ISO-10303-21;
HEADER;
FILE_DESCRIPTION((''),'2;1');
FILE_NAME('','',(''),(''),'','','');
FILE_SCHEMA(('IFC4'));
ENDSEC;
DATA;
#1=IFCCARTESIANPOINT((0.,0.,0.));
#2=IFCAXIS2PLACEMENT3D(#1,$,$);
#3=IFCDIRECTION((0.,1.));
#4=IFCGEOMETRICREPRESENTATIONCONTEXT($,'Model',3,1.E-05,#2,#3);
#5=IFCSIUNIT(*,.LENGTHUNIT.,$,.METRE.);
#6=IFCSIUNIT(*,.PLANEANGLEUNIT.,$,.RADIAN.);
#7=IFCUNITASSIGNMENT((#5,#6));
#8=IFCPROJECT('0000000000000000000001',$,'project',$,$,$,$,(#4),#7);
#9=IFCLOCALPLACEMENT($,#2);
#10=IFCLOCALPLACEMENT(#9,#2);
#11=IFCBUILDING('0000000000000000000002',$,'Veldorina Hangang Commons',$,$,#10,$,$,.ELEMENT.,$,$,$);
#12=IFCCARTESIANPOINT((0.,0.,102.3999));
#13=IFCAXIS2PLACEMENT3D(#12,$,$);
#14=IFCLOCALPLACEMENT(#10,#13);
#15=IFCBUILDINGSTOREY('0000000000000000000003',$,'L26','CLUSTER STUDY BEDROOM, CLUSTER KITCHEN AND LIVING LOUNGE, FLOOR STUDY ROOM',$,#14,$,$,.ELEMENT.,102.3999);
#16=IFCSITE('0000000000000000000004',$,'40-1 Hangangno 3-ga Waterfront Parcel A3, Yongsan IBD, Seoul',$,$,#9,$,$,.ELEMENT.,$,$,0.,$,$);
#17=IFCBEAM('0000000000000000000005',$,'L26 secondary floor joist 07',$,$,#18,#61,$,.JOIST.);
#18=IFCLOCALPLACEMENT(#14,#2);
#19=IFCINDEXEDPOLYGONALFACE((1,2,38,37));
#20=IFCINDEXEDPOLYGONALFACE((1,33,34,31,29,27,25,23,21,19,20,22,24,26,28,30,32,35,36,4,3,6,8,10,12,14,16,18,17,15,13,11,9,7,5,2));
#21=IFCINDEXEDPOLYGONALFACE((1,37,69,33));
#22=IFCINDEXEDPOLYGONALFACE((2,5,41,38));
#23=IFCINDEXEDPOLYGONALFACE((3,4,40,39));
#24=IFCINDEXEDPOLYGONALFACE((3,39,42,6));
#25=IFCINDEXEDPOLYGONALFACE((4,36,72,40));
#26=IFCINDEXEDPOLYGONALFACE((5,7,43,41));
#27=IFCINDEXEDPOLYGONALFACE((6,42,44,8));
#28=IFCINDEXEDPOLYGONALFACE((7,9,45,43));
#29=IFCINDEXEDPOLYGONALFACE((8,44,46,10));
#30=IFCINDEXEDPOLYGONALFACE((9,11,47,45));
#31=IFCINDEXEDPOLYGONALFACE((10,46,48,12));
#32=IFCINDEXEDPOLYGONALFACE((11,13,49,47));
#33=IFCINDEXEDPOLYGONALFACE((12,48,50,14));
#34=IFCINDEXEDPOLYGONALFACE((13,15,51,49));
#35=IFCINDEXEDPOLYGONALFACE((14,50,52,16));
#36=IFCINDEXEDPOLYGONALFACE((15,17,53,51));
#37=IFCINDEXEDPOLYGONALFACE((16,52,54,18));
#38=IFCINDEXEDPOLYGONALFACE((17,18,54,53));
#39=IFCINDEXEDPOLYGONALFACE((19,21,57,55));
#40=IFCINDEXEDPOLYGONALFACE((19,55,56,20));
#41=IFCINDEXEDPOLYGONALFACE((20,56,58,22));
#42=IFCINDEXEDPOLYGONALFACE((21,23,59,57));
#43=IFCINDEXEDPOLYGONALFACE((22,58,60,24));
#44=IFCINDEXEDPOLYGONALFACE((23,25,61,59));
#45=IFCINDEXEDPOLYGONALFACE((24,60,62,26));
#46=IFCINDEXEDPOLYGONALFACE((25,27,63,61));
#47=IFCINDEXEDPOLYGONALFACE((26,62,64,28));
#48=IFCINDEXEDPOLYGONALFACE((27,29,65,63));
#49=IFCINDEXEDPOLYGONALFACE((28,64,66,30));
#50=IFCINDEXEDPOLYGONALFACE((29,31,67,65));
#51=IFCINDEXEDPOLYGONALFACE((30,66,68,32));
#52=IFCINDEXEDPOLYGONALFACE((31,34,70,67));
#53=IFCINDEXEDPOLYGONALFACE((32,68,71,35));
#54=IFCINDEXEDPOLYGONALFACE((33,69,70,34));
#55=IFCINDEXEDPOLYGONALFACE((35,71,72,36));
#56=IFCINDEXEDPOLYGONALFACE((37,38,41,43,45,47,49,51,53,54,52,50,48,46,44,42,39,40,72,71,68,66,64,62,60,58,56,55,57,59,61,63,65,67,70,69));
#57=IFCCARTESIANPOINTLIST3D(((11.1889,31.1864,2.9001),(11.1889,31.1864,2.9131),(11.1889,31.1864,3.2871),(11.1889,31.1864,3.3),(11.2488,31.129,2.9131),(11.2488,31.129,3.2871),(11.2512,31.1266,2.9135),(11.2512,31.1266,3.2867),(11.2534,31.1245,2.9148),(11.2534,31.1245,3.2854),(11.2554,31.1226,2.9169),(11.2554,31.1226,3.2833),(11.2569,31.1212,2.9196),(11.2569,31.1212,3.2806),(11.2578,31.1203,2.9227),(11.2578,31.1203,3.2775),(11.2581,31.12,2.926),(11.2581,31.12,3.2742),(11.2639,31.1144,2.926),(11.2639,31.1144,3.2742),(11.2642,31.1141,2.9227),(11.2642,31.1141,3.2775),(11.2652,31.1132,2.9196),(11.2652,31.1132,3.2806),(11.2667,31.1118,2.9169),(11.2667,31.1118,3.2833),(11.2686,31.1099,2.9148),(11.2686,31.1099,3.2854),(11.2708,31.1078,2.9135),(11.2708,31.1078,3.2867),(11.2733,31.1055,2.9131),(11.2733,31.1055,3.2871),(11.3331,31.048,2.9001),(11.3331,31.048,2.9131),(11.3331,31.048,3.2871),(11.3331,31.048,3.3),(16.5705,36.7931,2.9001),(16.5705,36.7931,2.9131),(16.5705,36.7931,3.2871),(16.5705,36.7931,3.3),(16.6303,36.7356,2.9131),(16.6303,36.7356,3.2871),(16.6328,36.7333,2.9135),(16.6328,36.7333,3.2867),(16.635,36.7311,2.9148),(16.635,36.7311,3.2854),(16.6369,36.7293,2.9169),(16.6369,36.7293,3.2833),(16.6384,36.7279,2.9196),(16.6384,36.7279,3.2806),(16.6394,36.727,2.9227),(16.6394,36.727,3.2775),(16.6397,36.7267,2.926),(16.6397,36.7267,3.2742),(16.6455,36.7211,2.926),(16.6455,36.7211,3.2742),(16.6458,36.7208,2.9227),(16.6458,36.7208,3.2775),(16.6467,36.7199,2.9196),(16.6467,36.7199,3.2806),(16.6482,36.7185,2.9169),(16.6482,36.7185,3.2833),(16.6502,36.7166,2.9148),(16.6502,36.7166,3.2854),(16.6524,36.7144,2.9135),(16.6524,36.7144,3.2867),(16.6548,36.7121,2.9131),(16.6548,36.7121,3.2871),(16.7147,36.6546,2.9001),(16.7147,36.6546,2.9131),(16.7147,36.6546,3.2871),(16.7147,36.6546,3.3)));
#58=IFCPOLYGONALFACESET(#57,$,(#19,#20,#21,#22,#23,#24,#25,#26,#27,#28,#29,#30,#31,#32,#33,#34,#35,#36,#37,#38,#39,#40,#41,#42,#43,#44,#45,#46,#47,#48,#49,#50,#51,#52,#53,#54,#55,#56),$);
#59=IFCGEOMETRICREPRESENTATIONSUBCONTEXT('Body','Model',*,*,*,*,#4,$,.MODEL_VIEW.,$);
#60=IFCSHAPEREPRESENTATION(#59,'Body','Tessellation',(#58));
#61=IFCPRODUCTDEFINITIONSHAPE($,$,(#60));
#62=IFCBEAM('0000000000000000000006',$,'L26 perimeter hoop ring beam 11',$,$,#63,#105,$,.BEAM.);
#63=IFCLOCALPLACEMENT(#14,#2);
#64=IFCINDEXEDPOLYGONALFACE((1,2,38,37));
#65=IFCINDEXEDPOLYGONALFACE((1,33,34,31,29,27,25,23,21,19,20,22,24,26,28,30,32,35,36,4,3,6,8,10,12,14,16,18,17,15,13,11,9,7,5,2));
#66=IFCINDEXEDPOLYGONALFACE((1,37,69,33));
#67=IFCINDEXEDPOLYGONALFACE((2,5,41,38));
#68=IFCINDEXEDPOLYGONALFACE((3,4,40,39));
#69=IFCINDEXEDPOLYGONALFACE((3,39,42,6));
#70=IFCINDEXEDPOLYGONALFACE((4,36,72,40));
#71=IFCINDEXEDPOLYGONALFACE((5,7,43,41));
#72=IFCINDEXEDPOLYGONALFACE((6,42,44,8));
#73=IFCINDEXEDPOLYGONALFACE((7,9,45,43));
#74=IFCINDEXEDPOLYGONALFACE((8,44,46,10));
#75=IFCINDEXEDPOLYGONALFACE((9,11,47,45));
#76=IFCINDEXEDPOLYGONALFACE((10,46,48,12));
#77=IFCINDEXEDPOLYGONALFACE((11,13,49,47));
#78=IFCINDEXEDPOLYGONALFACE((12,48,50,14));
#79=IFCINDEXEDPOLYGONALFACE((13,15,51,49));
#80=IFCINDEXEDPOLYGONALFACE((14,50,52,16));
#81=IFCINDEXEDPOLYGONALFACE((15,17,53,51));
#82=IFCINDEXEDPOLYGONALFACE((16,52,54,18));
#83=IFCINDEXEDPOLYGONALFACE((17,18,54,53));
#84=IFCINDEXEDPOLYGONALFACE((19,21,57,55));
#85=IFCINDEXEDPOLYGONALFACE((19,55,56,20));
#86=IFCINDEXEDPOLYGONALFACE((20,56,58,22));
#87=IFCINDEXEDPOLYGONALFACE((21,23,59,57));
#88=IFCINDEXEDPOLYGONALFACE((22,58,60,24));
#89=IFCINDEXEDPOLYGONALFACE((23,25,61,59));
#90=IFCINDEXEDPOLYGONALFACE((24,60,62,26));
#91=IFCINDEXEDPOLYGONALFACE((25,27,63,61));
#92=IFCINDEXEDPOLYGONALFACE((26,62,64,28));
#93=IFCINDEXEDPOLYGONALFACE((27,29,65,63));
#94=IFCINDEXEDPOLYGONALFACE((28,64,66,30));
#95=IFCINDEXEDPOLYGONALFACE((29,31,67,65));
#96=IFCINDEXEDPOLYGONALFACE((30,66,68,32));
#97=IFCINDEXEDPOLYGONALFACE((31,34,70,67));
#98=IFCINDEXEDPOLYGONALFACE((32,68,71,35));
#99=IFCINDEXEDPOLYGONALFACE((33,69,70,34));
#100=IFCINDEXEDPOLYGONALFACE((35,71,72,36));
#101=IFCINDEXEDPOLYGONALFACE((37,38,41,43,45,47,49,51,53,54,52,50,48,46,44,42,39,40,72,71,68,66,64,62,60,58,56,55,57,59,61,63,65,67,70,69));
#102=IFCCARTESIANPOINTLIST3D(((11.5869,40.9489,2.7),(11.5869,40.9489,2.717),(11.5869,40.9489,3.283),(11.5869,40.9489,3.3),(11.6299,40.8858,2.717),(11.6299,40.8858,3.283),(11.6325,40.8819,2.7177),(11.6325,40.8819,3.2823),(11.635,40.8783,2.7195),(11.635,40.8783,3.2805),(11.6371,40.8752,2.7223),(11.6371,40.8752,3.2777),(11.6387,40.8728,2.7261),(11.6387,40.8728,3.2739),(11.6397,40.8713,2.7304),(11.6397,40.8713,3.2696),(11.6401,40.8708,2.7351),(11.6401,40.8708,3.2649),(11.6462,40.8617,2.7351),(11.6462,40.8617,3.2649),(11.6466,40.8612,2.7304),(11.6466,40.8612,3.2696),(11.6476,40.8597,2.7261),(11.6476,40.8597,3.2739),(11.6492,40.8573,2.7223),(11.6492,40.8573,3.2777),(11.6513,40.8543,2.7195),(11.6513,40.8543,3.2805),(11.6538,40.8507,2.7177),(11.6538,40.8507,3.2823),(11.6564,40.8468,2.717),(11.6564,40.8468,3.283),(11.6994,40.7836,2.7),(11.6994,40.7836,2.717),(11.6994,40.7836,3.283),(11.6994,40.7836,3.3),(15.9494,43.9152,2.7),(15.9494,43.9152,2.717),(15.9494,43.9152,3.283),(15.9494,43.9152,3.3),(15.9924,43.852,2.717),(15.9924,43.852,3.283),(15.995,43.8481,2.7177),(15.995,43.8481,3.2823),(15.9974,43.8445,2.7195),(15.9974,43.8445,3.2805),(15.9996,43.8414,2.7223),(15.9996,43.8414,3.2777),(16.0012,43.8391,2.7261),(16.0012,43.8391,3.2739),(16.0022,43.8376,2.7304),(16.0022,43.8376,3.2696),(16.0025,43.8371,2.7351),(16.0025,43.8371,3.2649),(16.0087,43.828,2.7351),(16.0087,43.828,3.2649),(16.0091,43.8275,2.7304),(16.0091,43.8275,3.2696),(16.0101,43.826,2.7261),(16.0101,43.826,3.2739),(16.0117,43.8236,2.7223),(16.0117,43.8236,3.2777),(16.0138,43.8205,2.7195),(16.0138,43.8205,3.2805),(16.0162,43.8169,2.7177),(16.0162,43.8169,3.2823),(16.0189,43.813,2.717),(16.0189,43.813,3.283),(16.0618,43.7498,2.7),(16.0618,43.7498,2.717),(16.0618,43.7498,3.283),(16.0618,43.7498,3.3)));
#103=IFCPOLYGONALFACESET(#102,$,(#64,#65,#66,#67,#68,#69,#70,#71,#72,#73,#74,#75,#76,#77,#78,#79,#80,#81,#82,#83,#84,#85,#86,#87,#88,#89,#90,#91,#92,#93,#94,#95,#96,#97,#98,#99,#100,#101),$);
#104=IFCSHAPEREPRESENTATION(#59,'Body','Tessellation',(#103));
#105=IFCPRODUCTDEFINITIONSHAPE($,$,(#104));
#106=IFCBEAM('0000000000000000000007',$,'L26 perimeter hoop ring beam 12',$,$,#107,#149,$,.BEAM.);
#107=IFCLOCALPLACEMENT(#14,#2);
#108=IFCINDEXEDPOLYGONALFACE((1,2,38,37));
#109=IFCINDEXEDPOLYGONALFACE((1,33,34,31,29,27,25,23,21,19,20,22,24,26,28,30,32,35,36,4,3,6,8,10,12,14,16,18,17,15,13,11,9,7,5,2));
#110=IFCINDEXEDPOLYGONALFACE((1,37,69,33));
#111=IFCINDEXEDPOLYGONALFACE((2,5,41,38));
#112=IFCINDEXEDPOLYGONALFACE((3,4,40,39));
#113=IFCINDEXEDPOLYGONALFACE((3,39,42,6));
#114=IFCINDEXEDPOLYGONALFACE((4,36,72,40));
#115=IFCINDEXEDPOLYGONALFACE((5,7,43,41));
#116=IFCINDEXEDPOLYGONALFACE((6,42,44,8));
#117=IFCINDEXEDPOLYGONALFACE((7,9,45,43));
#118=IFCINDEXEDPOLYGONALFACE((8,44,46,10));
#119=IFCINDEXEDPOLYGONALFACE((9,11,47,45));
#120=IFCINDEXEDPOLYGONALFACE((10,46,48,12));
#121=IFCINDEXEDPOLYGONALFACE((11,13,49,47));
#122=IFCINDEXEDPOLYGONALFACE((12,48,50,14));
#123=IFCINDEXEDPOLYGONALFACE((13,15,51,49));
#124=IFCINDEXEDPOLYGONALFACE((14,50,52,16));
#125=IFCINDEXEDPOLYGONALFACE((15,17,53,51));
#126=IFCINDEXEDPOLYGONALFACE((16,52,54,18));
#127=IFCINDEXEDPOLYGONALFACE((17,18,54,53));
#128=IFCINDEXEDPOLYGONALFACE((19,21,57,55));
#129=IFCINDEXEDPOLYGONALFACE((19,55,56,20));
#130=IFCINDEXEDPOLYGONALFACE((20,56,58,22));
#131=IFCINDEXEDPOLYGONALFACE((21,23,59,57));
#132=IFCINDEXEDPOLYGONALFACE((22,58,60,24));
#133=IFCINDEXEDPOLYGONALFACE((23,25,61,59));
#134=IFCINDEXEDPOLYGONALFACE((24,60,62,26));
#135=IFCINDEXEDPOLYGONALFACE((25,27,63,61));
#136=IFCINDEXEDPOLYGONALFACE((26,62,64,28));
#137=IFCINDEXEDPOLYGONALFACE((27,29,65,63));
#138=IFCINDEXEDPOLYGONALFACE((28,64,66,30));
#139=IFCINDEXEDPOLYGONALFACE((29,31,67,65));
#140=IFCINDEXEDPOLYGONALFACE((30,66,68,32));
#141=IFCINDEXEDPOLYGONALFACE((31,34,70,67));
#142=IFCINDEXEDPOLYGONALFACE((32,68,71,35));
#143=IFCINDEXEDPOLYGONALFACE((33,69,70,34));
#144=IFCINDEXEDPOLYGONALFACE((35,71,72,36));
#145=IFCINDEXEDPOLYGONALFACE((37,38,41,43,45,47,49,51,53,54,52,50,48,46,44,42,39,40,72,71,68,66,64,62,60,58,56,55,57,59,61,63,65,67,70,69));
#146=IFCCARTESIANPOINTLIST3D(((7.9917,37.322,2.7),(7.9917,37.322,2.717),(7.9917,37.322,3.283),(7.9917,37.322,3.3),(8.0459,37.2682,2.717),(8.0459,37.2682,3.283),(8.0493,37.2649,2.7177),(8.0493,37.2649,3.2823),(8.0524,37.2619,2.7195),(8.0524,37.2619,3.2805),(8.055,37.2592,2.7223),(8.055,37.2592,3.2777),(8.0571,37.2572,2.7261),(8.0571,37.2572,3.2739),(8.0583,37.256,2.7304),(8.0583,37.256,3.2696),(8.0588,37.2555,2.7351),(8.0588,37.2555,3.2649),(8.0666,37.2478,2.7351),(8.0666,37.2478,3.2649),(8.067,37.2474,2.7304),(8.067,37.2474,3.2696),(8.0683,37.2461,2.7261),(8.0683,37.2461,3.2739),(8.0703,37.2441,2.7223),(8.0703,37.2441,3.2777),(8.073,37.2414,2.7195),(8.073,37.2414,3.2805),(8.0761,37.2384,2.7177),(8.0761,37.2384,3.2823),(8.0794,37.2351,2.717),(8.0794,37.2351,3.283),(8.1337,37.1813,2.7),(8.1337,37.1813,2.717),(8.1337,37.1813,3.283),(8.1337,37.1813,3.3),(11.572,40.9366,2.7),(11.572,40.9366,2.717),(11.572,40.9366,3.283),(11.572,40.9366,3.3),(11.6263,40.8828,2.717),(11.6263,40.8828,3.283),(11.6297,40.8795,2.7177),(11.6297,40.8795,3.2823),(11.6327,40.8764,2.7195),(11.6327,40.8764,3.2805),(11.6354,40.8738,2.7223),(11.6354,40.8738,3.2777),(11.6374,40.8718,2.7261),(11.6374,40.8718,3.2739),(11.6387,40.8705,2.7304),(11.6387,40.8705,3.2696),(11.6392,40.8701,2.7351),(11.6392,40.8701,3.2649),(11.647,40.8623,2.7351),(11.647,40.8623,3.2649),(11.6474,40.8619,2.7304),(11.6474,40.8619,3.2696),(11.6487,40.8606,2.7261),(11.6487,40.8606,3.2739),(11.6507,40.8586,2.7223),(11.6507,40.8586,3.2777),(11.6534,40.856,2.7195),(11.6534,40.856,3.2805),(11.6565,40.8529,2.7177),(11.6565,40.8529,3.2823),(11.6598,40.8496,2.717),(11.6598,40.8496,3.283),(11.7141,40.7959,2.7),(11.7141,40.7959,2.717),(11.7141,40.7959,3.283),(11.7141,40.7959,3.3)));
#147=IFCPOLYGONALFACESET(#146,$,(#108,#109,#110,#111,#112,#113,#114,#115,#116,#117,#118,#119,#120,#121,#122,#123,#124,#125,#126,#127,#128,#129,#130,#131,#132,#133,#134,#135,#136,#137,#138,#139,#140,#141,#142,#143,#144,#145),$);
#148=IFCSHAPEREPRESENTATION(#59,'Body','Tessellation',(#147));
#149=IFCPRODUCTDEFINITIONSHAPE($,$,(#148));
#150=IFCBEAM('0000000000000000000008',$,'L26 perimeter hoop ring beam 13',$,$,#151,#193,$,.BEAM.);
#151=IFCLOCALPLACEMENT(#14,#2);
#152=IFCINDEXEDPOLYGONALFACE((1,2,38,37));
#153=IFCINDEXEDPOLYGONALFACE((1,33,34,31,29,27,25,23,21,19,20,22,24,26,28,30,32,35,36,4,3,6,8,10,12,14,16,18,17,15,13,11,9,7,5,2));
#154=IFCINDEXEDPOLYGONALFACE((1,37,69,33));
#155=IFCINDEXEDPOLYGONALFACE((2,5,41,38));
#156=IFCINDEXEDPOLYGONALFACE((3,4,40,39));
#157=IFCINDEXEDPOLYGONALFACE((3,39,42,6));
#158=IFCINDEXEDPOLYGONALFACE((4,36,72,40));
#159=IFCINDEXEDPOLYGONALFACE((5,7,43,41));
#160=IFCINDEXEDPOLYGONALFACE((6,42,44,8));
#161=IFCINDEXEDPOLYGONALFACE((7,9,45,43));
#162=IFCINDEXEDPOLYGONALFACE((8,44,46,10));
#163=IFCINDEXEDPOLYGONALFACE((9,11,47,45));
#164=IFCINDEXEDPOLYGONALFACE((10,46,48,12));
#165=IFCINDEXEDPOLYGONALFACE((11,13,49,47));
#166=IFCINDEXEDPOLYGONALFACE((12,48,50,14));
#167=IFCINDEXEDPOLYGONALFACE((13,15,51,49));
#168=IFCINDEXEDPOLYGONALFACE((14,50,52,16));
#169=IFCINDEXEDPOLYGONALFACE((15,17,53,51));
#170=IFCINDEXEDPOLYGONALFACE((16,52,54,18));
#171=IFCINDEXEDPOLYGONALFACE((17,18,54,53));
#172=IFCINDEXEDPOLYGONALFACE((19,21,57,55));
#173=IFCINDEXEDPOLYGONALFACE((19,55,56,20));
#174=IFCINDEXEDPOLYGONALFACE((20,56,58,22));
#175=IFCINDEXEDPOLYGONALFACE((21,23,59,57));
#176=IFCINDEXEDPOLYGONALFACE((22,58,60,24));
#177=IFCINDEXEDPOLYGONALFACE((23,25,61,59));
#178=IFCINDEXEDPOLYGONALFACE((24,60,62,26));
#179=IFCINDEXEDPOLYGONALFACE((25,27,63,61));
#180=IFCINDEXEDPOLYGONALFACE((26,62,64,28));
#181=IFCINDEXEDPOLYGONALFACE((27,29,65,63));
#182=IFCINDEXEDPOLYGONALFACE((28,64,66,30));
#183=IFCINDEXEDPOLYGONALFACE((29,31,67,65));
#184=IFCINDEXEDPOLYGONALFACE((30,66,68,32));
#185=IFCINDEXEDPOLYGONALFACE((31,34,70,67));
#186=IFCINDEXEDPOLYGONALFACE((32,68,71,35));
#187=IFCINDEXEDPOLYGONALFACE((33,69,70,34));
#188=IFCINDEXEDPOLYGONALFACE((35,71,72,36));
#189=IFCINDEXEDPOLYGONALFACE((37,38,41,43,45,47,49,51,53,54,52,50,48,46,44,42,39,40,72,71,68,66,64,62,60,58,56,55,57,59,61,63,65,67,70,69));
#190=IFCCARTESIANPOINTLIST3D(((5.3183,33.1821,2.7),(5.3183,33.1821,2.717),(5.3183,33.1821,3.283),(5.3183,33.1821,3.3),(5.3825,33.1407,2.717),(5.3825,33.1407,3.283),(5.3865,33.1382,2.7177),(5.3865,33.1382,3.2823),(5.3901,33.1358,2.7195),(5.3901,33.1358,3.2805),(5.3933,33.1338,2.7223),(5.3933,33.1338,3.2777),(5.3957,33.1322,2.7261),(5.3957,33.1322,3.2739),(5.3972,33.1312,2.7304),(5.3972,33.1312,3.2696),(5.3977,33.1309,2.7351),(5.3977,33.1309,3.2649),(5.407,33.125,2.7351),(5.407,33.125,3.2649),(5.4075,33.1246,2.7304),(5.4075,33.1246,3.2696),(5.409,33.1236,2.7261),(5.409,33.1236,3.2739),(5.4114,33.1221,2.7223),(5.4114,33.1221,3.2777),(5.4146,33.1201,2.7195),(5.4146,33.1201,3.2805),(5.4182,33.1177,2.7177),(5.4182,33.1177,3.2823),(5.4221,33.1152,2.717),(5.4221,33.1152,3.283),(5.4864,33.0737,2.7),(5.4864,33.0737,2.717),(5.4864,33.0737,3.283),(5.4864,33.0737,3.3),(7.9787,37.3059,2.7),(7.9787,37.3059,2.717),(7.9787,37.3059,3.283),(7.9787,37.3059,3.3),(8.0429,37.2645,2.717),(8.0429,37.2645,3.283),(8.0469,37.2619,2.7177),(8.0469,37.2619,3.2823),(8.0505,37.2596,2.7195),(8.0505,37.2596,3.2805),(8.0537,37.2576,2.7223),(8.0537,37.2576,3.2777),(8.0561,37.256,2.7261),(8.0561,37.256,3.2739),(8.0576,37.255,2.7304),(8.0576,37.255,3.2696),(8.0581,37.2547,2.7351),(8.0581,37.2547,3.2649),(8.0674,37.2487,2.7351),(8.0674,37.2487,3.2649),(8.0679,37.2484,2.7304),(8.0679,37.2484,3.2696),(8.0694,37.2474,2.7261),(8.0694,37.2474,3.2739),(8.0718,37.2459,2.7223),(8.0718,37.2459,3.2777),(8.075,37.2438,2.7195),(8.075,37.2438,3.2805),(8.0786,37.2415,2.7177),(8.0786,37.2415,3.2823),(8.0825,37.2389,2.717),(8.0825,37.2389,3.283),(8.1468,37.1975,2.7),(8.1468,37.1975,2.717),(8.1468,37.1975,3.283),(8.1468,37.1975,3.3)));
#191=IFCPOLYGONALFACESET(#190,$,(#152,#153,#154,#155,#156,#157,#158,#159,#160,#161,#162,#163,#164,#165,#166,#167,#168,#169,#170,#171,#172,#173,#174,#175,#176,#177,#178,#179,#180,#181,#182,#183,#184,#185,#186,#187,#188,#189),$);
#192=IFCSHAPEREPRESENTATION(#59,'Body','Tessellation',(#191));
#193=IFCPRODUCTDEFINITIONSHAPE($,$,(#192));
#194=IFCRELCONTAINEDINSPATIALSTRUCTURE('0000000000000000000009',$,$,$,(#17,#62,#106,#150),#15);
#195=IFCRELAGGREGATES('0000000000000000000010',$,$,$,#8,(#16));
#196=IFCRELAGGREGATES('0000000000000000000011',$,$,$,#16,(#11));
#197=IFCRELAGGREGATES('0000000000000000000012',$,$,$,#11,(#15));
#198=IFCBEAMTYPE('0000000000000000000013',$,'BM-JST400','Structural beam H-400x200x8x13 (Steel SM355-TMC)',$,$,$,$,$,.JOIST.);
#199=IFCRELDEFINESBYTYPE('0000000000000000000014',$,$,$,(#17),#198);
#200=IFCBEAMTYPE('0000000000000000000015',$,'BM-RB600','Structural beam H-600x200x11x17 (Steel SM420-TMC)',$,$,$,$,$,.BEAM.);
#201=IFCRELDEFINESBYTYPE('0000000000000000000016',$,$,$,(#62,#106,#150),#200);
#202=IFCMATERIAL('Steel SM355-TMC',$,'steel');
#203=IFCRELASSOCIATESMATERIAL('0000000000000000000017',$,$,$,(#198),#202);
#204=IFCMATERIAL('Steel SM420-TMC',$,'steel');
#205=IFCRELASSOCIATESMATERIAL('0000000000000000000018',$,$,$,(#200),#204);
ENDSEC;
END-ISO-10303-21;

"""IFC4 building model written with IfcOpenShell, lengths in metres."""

from ifc_helpers import new_model, si_unit, direction, frame, origin, origin_2d, place, context, subcontext, project, spatial, i_section, extrude, material, material_profile, profile_set, type_object, element, save


model = new_model("IFC4")

# Units and contexts
model_context = context("Model", 3, precision=1e-05, world=origin(), true_north=direction((0.0, 1.0)))
body_context = subcontext(model_context, "Body", "Model", "MODEL_VIEW")
ifc_project = project(units=[si_unit("LENGTHUNIT", "METRE"), si_unit("PLANEANGLEUNIT", "RADIAN")], contexts=[model_context])

# Site, building, storey
site_placement = place(None, origin())
site = spatial("IfcSite", under=ifc_project, at=site_placement, Name="40-1 Hangangno 3-ga Waterfront Parcel A3, Yongsan IBD, Seoul", CompositionType="ELEMENT", RefElevation=0.0)
building_placement = place(site_placement, origin())
building = spatial("IfcBuilding", under=site, at=building_placement, Name="Veldorina Hangang Commons", CompositionType="ELEMENT")
storey_placement = place(building_placement, frame((0.0, 0.0, 102.3999)))
storey = spatial("IfcBuildingStorey", under=building, at=storey_placement, Name="L26", Description="CLUSTER STUDY BEDROOM, CLUSTER KITCHEN AND LIVING LOUNGE, FLOOR STUDY ROOM", CompositionType="ELEMENT", Elevation=102.3999)

# Beams
ifc_material_1 = material(Name="Steel SM355-TMC", Category="steel")
ifc_material_profile_1 = material_profile(ifc_material_1, i_section(OverallWidth=0.2, OverallDepth=0.3999, WebThickness=0.0081, FlangeThickness=0.0129, FilletRadius=0.0129, at=origin_2d()), Name="H-400x200x8x13")
ifc_profile_set_1 = profile_set([ifc_material_profile_1], Name="Steel SM355-TMC")
beam_type_1 = type_object("IfcBeamType", Name="BM-JST400", Description="Structural beam H-400x200x8x13 (Steel SM355-TMC)", PredefinedType="JOIST", material=ifc_profile_set_1)
beam_1_placement = place(storey_placement, frame((16.6426, 36.7239, 3.1001), z_axis=(-0.692476, -0.721441, 0.0), x_axis=(0.721441, -0.692476, 0.0)))
element("IfcBeam", 1, at=beam_1_placement, inside=storey, type_object=beam_type_1, Name="L26 secondary floor joist 07", PredefinedType="JOIST", context=body_context, shape_type="SweptSolid", body=[
    extrude(i_section(OverallWidth=0.2, OverallDepth=0.3999, WebThickness=0.0081, FlangeThickness=0.0129, FilletRadius=0.0129, at=origin_2d()), origin(), (0.0, 0.0, 1.0), 7.7715),
])
ifc_material_2 = material(Name="Steel SM420-TMC", Category="steel")
ifc_material_profile_2 = material_profile(ifc_material_2, i_section(OverallWidth=0.2, OverallDepth=0.6001, WebThickness=0.011, FlangeThickness=0.0171, FilletRadius=0.0181, at=origin_2d()), Name="H-600x200x11x17")
ifc_profile_set_2 = profile_set([ifc_material_profile_2], Name="Steel SM420-TMC")
beam_type_2 = type_object("IfcBeamType", Name="BM-RB600", Description="Structural beam H-600x200x11x17 (Steel SM420-TMC)", PredefinedType="BEAM", material=ifc_profile_set_2)
beam_2_placement = place(storey_placement, frame((16.0056, 43.8325, 3.0), z_axis=(-0.826946, -0.562281, 0.0), x_axis=(0.562281, -0.826946, 0.0)))
element("IfcBeam", 2, at=beam_2_placement, inside=storey, type_object=beam_type_2, Name="L26 perimeter hoop ring beam 11", PredefinedType="BEAM", context=body_context, shape_type="SweptSolid", body=[
    extrude(i_section(OverallWidth=0.2, OverallDepth=0.6001, WebThickness=0.011, FlangeThickness=0.0171, FilletRadius=0.0181, at=origin_2d()), origin(), (0.0, 0.0, 1.0), 5.2754),
])
beam_3_placement = place(storey_placement, frame((11.6431, 40.8662, 3.0), z_axis=(-0.70374, -0.710458, 0.0), x_axis=(0.710458, -0.70374, 0.0)))
element("IfcBeam", 3, at=beam_3_placement, inside=storey, type_object=beam_type_2, Name="L26 perimeter hoop ring beam 12", PredefinedType="BEAM", context=body_context, shape_type="SweptSolid", body=[
    extrude(i_section(OverallWidth=0.2, OverallDepth=0.6001, WebThickness=0.011, FlangeThickness=0.0171, FilletRadius=0.0181, at=origin_2d()), origin(), (0.0, 0.0, 1.0), 5.0876),
])
beam_4_placement = place(storey_placement, frame((8.0627, 37.2517, 3.0), z_axis=(-0.542112, -0.840306, 0.0), x_axis=(0.840306, -0.542112, 0.0)))
element("IfcBeam", 4, at=beam_4_placement, inside=storey, type_object=beam_type_2, Name="L26 perimeter hoop ring beam 13", PredefinedType="BEAM", context=body_context, shape_type="SweptSolid", body=[
    extrude(i_section(OverallWidth=0.2, OverallDepth=0.6001, WebThickness=0.011, FlangeThickness=0.0171, FilletRadius=0.0181, at=origin_2d()), origin(), (0.0, 0.0, 1.0), 4.9075),
])

save(model, "model.ifc")
